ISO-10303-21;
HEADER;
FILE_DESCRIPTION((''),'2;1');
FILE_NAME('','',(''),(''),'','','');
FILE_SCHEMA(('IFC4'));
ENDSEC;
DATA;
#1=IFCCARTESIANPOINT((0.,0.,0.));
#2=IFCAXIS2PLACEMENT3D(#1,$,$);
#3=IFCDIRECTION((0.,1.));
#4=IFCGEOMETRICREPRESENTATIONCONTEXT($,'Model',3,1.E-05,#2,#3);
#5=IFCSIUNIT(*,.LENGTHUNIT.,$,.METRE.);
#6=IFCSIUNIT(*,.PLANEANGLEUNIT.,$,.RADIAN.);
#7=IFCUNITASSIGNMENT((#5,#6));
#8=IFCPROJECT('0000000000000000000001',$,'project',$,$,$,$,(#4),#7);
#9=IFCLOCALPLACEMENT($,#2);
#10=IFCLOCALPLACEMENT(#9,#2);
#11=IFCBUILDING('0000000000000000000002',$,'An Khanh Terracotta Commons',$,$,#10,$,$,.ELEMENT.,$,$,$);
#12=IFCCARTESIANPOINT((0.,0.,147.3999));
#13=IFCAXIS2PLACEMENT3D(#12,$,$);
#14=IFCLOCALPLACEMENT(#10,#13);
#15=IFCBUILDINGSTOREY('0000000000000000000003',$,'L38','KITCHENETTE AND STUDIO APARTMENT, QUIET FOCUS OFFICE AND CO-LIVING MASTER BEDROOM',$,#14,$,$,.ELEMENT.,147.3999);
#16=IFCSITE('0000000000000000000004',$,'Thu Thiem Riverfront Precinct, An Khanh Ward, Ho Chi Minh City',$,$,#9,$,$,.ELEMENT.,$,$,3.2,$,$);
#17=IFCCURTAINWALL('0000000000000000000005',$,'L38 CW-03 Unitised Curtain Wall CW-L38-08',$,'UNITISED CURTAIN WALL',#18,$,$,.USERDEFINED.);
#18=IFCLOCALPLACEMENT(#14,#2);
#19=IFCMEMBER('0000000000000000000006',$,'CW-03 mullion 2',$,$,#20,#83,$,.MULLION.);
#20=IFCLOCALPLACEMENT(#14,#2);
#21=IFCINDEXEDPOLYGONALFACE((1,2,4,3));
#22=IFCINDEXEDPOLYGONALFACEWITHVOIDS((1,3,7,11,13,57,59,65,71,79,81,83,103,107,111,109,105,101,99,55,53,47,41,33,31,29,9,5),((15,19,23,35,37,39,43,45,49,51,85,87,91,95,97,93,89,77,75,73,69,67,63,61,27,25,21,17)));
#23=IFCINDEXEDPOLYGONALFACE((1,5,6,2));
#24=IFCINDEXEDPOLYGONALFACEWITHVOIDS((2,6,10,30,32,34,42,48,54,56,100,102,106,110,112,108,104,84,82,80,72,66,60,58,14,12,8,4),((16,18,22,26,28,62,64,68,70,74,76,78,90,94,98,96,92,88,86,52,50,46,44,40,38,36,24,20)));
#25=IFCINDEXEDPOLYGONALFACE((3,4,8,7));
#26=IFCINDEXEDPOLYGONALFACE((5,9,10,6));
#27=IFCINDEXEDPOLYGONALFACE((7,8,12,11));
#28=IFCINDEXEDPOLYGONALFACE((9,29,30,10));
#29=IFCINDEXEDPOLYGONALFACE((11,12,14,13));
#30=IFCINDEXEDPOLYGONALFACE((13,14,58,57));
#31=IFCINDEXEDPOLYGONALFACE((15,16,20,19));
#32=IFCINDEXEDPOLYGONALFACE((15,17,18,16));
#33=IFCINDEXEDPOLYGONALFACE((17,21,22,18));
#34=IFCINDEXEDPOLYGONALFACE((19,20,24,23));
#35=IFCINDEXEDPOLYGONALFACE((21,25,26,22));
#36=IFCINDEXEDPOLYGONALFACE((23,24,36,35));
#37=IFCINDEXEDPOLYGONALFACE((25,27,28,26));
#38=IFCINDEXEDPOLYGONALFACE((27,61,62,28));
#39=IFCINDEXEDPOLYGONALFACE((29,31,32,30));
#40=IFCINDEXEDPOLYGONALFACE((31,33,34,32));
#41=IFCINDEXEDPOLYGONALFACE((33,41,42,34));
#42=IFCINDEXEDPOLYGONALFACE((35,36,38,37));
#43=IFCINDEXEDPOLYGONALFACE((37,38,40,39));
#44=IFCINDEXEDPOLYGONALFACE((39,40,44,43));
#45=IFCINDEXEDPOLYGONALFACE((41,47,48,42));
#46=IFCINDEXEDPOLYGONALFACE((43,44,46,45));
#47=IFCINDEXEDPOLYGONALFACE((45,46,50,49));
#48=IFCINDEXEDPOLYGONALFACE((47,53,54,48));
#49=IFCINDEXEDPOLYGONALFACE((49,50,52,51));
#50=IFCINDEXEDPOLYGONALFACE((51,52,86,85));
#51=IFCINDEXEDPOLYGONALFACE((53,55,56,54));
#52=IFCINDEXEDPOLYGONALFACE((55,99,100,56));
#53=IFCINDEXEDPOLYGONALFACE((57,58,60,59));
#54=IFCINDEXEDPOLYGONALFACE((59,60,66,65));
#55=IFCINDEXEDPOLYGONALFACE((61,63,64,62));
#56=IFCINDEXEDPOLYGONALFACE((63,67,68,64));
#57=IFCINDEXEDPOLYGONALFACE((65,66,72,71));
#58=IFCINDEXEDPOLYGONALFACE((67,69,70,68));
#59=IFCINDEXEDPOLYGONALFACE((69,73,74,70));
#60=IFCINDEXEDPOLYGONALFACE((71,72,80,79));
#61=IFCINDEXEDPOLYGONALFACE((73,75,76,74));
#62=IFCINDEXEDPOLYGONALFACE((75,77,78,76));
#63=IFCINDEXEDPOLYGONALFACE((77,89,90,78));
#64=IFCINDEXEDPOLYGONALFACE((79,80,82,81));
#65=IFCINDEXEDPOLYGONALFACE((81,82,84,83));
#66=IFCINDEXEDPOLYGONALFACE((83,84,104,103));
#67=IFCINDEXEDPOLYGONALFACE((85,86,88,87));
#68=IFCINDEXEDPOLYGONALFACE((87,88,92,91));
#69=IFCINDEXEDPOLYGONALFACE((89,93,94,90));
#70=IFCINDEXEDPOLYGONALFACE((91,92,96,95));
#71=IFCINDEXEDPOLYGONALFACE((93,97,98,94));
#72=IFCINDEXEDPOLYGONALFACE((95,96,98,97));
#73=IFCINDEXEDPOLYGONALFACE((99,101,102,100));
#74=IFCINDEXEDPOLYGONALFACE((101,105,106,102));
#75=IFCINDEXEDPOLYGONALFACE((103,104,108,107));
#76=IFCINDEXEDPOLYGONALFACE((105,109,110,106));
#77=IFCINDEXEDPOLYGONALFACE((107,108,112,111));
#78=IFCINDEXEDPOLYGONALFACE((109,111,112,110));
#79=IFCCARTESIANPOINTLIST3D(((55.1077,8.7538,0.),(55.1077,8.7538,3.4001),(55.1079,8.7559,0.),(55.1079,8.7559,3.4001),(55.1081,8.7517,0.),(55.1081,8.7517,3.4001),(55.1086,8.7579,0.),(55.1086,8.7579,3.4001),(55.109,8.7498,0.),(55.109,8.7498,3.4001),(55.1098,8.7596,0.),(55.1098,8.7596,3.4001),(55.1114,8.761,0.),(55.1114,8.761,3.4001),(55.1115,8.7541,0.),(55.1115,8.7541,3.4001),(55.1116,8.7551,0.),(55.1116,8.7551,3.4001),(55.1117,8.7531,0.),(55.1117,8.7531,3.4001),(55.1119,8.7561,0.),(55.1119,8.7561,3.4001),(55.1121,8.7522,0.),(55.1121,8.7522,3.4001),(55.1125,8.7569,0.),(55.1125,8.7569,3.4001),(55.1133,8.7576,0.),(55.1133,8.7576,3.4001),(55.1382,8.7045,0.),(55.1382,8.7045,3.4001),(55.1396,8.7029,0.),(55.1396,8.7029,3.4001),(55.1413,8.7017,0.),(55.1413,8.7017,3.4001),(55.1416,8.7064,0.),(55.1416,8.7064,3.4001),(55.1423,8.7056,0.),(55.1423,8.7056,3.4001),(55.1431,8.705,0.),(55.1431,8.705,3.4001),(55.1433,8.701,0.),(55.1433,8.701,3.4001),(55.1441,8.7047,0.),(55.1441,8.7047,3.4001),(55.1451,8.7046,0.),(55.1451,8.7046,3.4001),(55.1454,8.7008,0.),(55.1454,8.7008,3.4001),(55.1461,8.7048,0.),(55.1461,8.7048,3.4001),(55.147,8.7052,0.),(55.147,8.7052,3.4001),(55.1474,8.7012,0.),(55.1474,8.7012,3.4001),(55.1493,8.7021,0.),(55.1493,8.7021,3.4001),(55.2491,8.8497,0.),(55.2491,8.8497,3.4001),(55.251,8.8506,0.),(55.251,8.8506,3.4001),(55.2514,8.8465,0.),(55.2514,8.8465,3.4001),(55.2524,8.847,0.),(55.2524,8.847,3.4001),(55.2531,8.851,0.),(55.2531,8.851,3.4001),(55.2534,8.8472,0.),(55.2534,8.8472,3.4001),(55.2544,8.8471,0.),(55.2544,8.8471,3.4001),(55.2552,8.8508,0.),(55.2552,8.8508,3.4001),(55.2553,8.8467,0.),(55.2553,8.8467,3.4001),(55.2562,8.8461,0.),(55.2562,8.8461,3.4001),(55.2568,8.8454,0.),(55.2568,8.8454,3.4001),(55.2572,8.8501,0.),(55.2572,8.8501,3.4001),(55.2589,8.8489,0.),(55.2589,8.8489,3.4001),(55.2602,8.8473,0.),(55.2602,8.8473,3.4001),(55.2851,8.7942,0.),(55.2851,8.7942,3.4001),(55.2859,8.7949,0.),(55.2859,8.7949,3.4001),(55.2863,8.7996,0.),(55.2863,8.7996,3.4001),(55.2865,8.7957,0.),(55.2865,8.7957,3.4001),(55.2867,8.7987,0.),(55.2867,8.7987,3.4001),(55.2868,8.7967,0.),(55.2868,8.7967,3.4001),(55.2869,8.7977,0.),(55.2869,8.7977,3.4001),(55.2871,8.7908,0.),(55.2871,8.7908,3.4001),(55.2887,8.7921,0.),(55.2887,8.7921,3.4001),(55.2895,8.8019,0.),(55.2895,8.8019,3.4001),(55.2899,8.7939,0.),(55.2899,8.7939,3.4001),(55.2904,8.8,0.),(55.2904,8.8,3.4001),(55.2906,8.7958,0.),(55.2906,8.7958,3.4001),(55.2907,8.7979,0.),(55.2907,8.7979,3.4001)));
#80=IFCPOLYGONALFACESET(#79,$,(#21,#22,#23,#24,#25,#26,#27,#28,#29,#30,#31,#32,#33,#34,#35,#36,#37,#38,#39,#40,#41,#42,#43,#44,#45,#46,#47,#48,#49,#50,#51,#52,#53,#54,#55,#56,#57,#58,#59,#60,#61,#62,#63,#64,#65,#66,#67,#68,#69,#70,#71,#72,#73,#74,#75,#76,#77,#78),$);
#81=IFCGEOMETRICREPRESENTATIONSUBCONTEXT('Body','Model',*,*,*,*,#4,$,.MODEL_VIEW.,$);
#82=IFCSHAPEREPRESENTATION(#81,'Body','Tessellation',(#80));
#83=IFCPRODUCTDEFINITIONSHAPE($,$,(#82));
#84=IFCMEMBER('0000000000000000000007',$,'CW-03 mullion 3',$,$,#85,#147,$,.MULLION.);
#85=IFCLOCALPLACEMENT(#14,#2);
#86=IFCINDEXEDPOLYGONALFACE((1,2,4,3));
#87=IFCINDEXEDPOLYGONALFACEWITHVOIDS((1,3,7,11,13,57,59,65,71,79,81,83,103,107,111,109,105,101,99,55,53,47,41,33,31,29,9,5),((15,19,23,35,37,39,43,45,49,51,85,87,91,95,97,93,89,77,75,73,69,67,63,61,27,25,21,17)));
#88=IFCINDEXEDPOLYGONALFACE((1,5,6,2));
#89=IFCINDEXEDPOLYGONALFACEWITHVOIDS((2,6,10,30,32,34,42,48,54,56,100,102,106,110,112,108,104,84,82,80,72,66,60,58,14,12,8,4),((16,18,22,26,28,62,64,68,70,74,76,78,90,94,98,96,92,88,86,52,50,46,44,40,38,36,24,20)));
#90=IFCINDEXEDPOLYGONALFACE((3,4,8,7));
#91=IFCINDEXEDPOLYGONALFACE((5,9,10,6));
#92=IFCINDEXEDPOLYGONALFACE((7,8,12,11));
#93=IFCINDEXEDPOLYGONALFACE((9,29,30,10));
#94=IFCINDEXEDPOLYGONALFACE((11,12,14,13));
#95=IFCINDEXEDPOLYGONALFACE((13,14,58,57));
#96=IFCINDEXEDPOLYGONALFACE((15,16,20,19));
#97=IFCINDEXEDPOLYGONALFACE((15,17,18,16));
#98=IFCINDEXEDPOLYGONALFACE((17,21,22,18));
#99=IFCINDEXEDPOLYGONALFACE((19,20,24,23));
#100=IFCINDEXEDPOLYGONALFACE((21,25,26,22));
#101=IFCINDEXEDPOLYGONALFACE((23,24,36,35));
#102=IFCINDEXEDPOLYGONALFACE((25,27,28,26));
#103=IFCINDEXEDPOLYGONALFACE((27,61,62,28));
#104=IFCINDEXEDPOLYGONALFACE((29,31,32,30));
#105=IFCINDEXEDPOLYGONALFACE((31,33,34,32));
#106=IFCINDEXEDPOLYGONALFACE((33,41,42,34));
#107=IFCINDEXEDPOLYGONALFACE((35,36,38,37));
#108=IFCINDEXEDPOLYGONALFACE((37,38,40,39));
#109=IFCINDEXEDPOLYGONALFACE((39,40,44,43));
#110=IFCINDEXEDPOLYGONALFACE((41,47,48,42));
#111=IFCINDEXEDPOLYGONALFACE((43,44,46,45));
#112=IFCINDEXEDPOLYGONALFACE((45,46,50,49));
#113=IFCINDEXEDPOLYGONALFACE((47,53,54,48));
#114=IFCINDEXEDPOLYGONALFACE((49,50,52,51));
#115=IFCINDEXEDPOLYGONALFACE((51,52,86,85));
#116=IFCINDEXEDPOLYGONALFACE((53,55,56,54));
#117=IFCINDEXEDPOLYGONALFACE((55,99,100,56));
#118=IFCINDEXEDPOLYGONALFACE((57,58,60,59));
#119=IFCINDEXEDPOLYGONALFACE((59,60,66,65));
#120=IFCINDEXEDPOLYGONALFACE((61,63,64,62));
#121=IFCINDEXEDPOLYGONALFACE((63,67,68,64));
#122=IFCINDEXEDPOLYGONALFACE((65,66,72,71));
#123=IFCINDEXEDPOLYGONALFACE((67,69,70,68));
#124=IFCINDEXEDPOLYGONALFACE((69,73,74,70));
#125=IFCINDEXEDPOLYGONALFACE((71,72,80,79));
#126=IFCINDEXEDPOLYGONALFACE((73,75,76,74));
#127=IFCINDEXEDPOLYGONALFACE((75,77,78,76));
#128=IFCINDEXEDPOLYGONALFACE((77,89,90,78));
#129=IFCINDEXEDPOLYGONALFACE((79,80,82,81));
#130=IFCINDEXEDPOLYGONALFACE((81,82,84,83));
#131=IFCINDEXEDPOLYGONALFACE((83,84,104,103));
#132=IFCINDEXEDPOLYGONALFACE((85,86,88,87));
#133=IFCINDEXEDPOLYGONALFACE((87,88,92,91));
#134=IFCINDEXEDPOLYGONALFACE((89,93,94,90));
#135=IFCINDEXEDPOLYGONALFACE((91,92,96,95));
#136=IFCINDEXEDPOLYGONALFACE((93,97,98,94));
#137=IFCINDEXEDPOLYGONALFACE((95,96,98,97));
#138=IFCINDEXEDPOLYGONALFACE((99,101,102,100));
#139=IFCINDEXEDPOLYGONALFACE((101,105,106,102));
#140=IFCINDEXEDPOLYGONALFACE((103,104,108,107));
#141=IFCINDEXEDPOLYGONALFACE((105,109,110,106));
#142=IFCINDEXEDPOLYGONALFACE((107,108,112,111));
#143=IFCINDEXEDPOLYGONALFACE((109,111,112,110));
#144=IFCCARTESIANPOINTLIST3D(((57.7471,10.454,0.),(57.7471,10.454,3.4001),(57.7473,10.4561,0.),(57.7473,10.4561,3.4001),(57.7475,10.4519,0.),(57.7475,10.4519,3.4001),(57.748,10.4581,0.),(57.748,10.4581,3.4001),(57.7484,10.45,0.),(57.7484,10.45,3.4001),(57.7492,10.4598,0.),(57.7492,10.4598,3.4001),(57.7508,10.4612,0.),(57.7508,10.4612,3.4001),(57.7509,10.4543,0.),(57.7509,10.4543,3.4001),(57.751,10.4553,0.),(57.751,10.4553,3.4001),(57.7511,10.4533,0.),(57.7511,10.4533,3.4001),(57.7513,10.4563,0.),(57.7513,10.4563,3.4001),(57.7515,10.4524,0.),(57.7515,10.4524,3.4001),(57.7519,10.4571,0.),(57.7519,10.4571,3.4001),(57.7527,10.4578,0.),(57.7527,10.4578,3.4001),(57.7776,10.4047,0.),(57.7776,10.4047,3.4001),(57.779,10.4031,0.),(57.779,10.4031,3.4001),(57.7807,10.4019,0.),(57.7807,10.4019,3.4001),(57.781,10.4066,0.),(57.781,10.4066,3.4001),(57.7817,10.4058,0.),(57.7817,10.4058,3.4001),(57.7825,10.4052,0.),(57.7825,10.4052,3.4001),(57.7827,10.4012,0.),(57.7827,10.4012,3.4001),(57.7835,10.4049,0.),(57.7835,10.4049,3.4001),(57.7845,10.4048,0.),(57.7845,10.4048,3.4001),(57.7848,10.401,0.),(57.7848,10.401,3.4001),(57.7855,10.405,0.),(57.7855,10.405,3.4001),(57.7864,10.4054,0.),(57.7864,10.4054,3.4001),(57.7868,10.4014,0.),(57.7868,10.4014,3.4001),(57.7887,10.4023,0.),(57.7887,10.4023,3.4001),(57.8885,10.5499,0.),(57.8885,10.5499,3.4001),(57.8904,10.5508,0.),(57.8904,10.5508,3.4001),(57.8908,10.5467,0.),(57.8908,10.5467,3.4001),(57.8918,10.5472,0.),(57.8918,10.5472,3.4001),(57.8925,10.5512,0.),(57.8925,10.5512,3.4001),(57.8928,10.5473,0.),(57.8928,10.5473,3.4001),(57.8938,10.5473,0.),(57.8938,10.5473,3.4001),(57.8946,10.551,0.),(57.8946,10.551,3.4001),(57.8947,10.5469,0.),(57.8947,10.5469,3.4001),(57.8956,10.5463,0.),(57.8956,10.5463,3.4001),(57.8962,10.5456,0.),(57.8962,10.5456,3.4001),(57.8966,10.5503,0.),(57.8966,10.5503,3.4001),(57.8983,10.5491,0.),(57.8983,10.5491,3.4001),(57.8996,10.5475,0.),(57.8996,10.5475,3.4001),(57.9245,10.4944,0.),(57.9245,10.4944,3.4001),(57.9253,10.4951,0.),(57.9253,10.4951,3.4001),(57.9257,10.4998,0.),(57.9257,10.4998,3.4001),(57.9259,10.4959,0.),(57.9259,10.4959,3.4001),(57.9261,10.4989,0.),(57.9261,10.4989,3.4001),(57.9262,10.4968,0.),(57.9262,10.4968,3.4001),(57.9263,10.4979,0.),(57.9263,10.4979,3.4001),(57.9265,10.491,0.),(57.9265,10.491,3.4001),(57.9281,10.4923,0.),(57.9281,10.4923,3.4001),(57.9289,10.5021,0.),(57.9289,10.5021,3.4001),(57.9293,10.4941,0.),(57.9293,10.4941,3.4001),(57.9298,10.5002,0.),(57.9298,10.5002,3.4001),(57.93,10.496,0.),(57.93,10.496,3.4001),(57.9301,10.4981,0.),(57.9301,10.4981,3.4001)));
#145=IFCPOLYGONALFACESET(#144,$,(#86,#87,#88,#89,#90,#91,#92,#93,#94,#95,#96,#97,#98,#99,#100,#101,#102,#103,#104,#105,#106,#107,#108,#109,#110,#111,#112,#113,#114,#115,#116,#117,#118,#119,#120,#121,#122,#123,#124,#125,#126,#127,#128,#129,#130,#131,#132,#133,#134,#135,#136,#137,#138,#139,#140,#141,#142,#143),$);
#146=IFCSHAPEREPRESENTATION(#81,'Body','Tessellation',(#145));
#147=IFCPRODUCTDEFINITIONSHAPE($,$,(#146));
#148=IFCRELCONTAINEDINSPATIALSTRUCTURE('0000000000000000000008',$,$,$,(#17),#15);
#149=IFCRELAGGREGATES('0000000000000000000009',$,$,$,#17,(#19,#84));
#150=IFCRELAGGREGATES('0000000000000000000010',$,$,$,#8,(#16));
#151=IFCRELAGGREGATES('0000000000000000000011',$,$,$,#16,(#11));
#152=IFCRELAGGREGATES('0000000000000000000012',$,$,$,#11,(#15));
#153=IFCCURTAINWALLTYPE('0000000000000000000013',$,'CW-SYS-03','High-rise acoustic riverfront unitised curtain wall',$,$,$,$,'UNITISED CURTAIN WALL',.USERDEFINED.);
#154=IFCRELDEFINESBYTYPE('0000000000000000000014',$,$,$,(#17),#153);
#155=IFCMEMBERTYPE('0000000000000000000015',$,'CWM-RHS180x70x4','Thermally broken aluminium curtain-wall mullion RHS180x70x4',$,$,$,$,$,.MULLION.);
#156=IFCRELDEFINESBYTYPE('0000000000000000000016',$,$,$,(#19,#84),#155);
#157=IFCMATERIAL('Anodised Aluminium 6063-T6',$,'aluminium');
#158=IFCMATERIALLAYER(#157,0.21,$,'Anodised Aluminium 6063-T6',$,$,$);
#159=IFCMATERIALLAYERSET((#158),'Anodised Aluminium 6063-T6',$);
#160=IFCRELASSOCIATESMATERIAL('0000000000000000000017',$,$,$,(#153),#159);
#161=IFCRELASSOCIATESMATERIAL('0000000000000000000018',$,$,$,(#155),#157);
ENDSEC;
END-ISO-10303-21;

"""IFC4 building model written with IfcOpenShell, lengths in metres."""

from ifc_helpers import new_model, si_unit, direction, frame, origin, origin_2d, place, context, subcontext, project, spatial, hollow_rectangle, extrude, material, layer, layer_set, material_profile, profile_set, type_object, element, aggregate, save


model = new_model("IFC4")

# Units and contexts
model_context = context("Model", 3, precision=1e-05, world=origin(), true_north=direction((0.0, 1.0)))
body_context = subcontext(model_context, "Body", "Model", "MODEL_VIEW")
ifc_project = project(units=[si_unit("LENGTHUNIT", "METRE"), si_unit("PLANEANGLEUNIT", "RADIAN")], contexts=[model_context])

# Site, building, storey
site_placement = place(None, origin())
site = spatial("IfcSite", under=ifc_project, at=site_placement, Name="Thu Thiem Riverfront Precinct, An Khanh Ward, Ho Chi Minh City", CompositionType="ELEMENT", RefElevation=3.2)
building_placement = place(site_placement, origin())
building = spatial("IfcBuilding", under=site, at=building_placement, Name="An Khanh Terracotta Commons", CompositionType="ELEMENT")
storey_placement = place(building_placement, frame((0.0, 0.0, 147.3999)))
storey = spatial("IfcBuildingStorey", under=building, at=storey_placement, Name="L38", Description="KITCHENETTE AND STUDIO APARTMENT, QUIET FOCUS OFFICE AND CO-LIVING MASTER BEDROOM", CompositionType="ELEMENT", Elevation=147.3999)

# Curtain wall, members
ifc_material_1 = material(Name="Anodised Aluminium 6063-T6", Category="aluminium")
ifc_layer_1 = layer(ifc_material_1, 0.21, Name="Anodised Aluminium 6063-T6")
ifc_layer_set_1 = layer_set([ifc_layer_1], Name="Anodised Aluminium 6063-T6")
curtain_wall_type = type_object("IfcCurtainWallType", Name="CW-SYS-03", Description="High-rise acoustic riverfront unitised curtain wall", ElementType="UNITISED CURTAIN WALL", PredefinedType="USERDEFINED", material=ifc_layer_set_1)
curtain_wall_1_placement = place(storey_placement, origin())
curtain_wall_1 = element("IfcCurtainWall", 1, at=curtain_wall_1_placement, inside=storey, type_object=curtain_wall_type, Name="L38 CW-03 Unitised Curtain Wall CW-L38-08", ObjectType="UNITISED CURTAIN WALL", PredefinedType="USERDEFINED")
ifc_material_profile_1 = material_profile(ifc_material_1, hollow_rectangle(XDim=0.0701, YDim=0.1799, WallThickness=0.0039, InnerFilletRadius=0.0039, OuterFilletRadius=0.0081, at=origin_2d()), Name="RHS180x70x4")
ifc_profile_set_1 = profile_set([ifc_material_profile_1], Name="Anodised Aluminium 6063-T6")
member_type_1 = type_object("IfcMemberType", Name="CWM-RHS180x70x4", Description="Thermally broken aluminium curtain-wall mullion RHS180x70x4", PredefinedType="MULLION", material=ifc_profile_set_1)
member_1_placement = place(storey_placement, frame((55.1992, 8.7759, 0.0), z_axis=(0.0, 0.0, 1.0), x_axis=(-0.541498, 0.840702, 0.0)))
member_1 = element("IfcMember", 2, at=member_1_placement, type_object=member_type_1, Name="CW-03 mullion 2", PredefinedType="MULLION", context=body_context, shape_type="SweptSolid", body=[
    extrude(hollow_rectangle(XDim=0.0701, YDim=0.1799, WallThickness=0.0039, InnerFilletRadius=0.0039, OuterFilletRadius=0.0081, at=origin_2d()), origin(), (0.0, 0.0, 1.0), 3.4001),
])
member_2_placement = place(storey_placement, frame((57.8386, 10.4761, 0.0), z_axis=(0.0, 0.0, 1.0), x_axis=(-0.541498, 0.840702, 0.0)))
member_2 = element("IfcMember", 3, at=member_2_placement, type_object=member_type_1, Name="CW-03 mullion 3", PredefinedType="MULLION", context=body_context, shape_type="SweptSolid", body=[
    extrude(hollow_rectangle(XDim=0.0701, YDim=0.1799, WallThickness=0.0039, InnerFilletRadius=0.0039, OuterFilletRadius=0.0081, at=origin_2d()), origin(), (0.0, 0.0, 1.0), 3.4001),
])

aggregate(curtain_wall_1, [member_1, member_2])

save(model, "model.ifc")
